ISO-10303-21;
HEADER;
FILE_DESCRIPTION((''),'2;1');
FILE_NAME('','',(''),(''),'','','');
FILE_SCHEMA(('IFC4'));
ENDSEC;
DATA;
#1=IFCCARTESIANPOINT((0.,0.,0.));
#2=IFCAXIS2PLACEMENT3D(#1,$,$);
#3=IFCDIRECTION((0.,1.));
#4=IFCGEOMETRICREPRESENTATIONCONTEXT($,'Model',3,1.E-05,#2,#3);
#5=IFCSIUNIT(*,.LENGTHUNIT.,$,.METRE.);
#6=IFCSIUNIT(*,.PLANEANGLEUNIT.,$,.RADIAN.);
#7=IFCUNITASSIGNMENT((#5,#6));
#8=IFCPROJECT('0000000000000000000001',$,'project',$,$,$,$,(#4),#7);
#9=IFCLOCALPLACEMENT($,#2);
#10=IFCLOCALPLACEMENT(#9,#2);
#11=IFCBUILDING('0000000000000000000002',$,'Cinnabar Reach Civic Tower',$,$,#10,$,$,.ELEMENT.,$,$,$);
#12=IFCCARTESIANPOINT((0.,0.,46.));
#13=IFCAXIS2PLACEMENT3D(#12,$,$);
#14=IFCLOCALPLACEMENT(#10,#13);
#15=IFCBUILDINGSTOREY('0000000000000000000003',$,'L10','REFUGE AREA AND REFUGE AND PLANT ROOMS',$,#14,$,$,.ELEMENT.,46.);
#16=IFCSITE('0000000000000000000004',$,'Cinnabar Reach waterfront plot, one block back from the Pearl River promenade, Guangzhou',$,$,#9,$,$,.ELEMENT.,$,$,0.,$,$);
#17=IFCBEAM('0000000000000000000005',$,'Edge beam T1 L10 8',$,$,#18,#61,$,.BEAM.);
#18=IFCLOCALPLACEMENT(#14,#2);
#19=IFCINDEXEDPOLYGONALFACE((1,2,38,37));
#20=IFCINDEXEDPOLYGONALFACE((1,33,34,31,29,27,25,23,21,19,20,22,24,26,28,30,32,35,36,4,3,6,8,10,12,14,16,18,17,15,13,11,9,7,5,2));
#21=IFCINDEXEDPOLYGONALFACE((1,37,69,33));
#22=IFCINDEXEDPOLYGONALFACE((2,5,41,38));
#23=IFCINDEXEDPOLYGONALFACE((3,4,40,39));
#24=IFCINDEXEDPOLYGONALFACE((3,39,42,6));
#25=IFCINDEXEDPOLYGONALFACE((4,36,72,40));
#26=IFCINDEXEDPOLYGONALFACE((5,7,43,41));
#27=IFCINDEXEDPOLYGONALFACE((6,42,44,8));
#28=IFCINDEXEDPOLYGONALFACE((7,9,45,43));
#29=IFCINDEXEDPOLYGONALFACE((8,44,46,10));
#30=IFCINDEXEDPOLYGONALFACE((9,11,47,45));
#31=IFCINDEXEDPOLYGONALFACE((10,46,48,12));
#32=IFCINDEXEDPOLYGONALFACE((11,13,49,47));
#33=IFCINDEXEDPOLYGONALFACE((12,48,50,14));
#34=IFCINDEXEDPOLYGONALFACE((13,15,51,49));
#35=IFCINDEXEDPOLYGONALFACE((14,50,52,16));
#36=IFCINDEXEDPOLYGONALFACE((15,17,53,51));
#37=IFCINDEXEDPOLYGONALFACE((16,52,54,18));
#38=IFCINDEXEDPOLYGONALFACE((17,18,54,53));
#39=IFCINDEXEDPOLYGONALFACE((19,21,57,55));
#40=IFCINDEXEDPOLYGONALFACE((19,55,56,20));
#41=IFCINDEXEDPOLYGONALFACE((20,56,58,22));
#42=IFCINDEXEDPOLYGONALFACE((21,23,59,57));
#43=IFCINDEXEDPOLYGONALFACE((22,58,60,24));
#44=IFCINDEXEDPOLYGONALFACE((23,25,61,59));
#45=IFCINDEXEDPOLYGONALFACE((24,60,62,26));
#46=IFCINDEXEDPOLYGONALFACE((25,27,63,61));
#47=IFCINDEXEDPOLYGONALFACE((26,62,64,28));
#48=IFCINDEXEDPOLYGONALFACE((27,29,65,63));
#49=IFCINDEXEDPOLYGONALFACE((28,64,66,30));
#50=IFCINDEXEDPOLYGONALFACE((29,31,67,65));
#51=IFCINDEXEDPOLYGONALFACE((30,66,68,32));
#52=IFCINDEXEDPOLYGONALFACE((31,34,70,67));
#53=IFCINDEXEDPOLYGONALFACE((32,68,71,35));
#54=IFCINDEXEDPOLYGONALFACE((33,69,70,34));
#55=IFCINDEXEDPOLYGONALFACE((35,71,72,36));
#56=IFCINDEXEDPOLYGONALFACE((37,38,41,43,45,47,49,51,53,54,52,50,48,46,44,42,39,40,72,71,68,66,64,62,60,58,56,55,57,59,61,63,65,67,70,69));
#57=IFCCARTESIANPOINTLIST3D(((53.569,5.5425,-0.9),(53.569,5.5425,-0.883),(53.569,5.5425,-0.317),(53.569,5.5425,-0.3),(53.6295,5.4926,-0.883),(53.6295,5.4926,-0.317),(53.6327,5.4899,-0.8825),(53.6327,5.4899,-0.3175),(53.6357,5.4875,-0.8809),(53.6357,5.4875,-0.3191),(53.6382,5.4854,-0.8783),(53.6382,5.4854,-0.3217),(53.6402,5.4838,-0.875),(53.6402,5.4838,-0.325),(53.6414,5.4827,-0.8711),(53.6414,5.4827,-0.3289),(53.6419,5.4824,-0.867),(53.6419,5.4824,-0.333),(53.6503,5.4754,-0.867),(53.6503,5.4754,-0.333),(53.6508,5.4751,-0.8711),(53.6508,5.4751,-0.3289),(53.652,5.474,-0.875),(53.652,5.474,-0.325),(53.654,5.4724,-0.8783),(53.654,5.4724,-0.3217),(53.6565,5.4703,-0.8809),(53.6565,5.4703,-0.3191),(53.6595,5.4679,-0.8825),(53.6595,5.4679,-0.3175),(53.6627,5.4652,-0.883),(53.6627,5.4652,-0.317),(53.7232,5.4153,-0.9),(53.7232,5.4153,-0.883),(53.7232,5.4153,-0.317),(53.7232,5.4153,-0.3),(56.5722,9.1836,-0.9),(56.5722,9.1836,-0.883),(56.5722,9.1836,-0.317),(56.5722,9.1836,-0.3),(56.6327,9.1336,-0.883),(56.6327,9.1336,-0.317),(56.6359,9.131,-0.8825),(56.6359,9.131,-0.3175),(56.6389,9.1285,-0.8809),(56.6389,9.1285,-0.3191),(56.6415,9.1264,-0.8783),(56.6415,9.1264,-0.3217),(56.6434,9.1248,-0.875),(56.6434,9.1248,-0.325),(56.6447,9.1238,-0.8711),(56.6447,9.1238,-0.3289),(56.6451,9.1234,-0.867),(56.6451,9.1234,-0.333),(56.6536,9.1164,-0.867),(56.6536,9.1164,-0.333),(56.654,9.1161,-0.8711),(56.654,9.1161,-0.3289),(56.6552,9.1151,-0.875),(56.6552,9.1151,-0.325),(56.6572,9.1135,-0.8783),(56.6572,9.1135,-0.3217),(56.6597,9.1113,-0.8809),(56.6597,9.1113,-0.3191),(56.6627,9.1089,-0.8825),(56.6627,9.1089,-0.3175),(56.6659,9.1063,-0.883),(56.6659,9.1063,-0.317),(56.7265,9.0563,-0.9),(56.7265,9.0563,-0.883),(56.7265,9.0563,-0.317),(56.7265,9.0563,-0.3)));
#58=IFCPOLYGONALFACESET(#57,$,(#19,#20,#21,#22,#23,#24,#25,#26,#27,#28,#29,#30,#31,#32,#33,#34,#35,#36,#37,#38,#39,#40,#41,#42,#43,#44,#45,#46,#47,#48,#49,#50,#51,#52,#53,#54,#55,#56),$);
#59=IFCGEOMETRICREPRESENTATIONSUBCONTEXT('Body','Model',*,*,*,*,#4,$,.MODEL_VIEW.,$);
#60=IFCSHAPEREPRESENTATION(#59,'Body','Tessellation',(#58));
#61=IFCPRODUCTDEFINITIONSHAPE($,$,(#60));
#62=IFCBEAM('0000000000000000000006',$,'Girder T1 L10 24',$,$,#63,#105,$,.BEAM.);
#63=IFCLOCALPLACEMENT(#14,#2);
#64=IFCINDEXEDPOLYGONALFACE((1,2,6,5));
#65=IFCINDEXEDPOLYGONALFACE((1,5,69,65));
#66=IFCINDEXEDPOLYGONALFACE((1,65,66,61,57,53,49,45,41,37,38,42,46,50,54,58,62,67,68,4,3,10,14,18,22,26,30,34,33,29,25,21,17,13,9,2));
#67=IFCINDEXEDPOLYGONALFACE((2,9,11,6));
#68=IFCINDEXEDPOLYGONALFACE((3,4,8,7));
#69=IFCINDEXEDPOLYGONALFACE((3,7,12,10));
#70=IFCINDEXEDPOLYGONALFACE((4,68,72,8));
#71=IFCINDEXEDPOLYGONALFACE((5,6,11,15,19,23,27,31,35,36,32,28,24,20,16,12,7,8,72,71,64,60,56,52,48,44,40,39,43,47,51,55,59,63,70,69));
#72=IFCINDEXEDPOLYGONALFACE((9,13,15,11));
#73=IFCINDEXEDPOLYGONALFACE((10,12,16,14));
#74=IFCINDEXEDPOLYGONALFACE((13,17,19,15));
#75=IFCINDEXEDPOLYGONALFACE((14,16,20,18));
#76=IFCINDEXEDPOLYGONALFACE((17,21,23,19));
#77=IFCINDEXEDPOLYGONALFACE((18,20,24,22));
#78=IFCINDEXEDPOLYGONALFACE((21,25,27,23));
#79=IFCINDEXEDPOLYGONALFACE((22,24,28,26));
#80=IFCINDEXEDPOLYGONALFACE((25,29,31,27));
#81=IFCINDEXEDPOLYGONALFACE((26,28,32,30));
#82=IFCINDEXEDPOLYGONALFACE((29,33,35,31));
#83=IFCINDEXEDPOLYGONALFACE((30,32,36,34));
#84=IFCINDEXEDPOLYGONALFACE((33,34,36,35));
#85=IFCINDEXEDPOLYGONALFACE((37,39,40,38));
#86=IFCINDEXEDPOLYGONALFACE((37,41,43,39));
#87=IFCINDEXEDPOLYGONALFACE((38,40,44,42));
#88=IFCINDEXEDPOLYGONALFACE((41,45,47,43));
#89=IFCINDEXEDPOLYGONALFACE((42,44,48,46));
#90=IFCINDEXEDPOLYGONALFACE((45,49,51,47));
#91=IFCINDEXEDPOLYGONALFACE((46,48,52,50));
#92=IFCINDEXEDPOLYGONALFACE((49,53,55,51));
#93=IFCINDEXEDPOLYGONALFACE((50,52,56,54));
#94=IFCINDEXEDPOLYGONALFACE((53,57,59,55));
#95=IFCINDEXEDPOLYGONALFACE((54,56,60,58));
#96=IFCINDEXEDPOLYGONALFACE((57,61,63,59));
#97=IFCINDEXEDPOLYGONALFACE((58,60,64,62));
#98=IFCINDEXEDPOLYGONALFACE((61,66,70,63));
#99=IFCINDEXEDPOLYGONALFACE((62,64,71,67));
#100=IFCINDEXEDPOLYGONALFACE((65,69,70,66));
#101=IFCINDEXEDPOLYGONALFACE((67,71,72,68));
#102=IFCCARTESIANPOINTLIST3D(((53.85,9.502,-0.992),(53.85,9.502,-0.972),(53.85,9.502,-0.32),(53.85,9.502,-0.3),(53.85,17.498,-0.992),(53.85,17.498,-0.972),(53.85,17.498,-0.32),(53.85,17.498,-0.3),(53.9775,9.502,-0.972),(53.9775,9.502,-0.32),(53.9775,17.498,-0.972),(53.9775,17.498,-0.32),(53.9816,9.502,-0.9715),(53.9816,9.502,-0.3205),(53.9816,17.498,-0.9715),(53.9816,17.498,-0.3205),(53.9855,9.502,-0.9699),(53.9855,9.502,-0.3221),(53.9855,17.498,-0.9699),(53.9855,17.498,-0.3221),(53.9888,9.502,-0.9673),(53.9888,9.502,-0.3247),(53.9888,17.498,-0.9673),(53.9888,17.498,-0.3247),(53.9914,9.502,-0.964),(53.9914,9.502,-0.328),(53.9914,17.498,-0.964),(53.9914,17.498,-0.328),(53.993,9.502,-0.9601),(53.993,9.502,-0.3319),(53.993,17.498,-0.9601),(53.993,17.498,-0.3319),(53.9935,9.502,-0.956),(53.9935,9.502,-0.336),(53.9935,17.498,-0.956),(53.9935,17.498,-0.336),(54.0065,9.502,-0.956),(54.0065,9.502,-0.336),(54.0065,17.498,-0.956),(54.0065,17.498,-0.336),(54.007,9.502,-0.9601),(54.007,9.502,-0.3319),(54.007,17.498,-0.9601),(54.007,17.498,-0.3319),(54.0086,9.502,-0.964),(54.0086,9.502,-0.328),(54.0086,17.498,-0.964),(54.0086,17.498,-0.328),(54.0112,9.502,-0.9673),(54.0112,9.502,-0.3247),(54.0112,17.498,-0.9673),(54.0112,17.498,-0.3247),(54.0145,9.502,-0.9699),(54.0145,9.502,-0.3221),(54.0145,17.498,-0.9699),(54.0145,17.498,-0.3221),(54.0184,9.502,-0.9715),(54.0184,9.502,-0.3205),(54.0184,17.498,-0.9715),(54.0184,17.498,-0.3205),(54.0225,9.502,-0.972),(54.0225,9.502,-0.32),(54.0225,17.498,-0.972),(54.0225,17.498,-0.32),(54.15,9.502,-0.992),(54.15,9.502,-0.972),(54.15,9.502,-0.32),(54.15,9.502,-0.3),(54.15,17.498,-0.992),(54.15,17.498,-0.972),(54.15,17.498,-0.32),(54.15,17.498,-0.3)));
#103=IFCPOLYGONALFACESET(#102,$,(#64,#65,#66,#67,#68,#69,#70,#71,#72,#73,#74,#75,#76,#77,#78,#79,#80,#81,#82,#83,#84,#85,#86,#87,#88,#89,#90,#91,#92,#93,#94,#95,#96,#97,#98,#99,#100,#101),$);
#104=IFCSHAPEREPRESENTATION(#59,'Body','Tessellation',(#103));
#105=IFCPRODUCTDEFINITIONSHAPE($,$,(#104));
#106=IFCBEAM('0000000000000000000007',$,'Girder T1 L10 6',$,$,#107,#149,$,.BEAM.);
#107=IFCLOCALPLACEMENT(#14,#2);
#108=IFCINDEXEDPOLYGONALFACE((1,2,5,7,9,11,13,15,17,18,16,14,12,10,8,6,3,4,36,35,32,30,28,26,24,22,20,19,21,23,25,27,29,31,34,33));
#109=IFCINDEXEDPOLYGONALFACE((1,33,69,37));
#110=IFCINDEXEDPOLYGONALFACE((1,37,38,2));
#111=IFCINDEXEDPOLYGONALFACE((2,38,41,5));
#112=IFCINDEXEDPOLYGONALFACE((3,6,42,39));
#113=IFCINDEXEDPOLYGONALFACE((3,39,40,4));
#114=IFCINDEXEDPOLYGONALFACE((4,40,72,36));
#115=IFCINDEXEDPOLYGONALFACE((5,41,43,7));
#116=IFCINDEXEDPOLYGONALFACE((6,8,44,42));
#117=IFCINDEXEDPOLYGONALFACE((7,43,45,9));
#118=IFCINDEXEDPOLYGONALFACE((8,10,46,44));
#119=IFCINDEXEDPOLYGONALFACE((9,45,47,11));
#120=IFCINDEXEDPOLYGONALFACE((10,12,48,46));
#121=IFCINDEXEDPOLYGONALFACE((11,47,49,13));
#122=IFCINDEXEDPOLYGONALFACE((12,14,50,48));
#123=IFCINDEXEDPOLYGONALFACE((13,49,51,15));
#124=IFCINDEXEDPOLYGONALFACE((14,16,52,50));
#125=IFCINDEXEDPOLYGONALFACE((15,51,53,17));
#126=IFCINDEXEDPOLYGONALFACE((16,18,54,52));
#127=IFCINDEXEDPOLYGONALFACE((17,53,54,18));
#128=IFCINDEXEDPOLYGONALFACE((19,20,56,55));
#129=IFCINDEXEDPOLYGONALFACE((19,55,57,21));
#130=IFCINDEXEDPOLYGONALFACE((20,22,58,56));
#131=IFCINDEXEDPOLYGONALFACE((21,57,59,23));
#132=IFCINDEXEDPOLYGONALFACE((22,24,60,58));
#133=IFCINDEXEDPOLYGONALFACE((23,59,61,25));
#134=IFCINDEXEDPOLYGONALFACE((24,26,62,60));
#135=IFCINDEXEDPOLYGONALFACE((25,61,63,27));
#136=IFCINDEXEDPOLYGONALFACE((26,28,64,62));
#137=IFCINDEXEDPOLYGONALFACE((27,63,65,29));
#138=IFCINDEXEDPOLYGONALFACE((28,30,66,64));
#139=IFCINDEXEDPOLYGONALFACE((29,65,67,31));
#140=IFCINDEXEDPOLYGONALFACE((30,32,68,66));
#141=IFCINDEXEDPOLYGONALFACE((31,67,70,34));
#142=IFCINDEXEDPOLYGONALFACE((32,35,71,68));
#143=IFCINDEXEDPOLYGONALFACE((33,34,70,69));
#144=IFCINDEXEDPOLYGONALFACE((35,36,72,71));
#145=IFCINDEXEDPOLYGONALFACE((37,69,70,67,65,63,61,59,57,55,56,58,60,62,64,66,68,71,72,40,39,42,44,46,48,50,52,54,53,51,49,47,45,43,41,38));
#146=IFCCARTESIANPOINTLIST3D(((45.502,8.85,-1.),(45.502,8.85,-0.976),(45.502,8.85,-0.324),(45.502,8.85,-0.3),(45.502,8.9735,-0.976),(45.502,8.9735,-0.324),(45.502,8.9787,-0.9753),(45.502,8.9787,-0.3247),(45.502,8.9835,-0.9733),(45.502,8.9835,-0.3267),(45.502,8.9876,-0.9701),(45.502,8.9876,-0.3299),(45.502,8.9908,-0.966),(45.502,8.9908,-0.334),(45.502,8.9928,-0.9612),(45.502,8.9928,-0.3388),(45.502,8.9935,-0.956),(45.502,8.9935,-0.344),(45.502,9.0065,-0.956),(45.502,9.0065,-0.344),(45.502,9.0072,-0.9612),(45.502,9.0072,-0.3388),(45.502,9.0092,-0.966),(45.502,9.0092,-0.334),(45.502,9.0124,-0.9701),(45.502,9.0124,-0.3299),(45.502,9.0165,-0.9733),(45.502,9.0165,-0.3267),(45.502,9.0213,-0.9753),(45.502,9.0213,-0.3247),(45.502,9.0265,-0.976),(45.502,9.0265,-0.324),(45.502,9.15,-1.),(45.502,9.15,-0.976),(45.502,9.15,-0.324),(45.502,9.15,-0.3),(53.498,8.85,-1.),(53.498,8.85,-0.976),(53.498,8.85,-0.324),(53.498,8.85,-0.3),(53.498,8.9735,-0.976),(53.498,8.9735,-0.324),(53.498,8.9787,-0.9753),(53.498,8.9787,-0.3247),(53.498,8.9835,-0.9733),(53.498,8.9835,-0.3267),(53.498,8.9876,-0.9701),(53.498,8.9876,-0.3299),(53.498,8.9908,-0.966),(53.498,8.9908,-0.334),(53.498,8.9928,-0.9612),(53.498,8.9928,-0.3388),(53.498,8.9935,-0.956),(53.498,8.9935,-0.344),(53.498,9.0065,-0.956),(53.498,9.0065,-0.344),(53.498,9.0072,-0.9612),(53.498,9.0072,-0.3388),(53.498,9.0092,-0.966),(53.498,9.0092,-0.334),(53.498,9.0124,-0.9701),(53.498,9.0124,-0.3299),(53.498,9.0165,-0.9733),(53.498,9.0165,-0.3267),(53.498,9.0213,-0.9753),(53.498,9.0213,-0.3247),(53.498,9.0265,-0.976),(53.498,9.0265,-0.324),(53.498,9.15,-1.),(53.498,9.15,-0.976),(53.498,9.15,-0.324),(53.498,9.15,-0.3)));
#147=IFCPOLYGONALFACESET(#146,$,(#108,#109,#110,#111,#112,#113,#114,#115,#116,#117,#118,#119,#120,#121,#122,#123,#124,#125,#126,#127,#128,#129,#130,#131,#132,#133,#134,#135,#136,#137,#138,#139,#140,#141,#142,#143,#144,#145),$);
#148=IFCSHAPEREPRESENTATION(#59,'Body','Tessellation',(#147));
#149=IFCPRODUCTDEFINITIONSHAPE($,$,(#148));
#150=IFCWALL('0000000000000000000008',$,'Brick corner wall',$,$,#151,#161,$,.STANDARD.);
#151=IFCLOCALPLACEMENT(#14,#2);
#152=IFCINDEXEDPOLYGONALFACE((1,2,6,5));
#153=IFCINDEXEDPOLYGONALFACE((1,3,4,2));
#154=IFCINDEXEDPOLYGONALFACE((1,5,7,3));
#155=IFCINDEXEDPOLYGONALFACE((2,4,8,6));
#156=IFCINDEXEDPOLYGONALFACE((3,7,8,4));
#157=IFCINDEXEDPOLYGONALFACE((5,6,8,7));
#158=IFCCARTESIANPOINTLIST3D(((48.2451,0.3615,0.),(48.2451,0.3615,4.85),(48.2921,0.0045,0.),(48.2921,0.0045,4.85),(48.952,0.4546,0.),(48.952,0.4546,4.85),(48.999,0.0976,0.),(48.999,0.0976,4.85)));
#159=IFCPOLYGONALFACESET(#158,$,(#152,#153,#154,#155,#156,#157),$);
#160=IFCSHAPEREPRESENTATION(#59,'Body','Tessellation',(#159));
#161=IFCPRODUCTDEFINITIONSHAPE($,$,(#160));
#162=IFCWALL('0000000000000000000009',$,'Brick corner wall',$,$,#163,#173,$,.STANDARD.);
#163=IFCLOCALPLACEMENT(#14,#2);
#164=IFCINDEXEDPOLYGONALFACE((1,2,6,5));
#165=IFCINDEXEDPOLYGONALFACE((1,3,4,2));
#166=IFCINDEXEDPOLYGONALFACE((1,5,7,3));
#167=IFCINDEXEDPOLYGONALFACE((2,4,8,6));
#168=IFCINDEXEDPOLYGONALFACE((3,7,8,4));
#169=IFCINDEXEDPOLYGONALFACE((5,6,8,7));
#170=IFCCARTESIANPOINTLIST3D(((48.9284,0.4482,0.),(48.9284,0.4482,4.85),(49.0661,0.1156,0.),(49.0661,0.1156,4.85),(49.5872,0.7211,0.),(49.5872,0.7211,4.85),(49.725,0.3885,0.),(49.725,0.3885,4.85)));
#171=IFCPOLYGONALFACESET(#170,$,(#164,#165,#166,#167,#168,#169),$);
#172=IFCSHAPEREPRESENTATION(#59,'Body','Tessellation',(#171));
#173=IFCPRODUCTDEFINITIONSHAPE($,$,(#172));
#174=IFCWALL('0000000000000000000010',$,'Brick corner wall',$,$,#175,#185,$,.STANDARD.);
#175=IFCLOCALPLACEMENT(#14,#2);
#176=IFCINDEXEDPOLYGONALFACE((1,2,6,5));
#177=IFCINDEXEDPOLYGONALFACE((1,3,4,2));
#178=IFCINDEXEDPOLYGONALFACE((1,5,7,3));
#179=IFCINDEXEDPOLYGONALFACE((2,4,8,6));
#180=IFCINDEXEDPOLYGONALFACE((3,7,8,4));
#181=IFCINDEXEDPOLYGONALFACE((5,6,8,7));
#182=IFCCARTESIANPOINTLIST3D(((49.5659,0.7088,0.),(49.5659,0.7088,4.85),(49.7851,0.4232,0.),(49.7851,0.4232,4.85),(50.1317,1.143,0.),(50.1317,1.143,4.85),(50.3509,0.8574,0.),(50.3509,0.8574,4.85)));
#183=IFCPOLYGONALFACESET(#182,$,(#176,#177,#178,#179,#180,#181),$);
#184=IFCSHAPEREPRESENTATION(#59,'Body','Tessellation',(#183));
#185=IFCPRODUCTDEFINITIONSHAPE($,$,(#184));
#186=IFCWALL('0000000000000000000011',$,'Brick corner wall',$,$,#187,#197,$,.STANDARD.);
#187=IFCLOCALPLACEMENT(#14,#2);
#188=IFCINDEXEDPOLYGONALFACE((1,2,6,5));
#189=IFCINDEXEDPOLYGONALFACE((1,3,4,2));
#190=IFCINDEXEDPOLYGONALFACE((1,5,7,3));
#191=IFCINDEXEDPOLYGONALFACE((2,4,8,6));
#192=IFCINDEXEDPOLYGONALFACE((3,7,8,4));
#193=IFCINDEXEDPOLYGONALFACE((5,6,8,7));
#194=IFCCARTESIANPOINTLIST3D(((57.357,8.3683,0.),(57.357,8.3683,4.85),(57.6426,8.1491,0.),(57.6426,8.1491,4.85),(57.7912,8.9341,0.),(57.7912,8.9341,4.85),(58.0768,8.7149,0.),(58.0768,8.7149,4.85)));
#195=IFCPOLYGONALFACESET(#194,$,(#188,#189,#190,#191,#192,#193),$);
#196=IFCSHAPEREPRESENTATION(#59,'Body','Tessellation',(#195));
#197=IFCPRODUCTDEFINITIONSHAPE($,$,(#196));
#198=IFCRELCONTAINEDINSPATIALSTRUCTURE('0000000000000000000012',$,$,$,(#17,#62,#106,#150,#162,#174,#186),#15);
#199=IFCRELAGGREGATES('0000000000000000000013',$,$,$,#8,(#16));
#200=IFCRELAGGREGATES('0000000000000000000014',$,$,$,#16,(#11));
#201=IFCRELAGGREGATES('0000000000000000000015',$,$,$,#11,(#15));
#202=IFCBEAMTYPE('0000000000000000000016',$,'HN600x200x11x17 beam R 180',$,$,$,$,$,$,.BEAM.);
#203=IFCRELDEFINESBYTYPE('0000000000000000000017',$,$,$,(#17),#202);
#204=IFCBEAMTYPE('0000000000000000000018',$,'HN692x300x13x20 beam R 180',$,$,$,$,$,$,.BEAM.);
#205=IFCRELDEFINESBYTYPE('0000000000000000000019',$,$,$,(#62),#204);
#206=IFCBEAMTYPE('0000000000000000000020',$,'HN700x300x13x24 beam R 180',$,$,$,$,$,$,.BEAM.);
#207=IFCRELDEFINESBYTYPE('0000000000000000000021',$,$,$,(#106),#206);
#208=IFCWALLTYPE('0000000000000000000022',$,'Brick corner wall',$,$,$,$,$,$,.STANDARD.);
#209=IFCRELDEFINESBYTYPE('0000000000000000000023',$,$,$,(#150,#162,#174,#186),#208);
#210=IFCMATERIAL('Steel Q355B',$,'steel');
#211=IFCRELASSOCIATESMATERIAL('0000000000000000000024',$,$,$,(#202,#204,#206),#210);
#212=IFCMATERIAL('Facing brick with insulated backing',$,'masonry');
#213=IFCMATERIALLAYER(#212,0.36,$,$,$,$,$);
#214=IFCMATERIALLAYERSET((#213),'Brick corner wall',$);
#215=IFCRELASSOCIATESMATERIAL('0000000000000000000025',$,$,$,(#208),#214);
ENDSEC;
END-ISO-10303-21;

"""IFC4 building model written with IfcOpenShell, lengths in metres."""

from ifc_helpers import new_model, si_unit, direction, frame, frame_2d, origin, origin_2d, place, context, subcontext, project, spatial, rectangle, i_section, extrude, material, layer, layer_set, material_profile, profile_set, type_object, element, save


model = new_model("IFC4")

# Units and contexts
model_context = context("Model", 3, precision=1e-05, world=origin(), true_north=direction((0.0, 1.0)))
body_context = subcontext(model_context, "Body", "Model", "MODEL_VIEW")
ifc_project = project(units=[si_unit("LENGTHUNIT", "METRE"), si_unit("PLANEANGLEUNIT", "RADIAN")], contexts=[model_context])

# Site, building, storey
site_placement = place(None, origin())
site = spatial("IfcSite", under=ifc_project, at=site_placement, Name="Cinnabar Reach waterfront plot, one block back from the Pearl River promenade, Guangzhou", CompositionType="ELEMENT", RefElevation=0.0)
building_placement = place(site_placement, origin())
building = spatial("IfcBuilding", under=site, at=building_placement, Name="Cinnabar Reach Civic Tower", CompositionType="ELEMENT")
storey_placement = place(building_placement, frame((0.0, 0.0, 46.0)))
storey = spatial("IfcBuildingStorey", under=building, at=storey_placement, Name="L10", Description="REFUGE AREA AND REFUGE AND PLANT ROOMS", CompositionType="ELEMENT", Elevation=46.0)

# Beams
ifc_material_1 = material(Name="Steel Q355B", Category="steel")
ifc_material_profile_1 = material_profile(ifc_material_1, i_section(OverallWidth=0.2, OverallDepth=0.6, WebThickness=0.011, FlangeThickness=0.017, FilletRadius=0.016, at=origin_2d()), Name="HN600x200x11x17")
ifc_profile_set_1 = profile_set([ifc_material_profile_1], Name="Steel Q355B")
beam_type_1 = type_object("IfcBeamType", Name="HN600x200x11x17 beam R 180", PredefinedType="BEAM", material=ifc_profile_set_1)
for number, where, z_axis, x_axis, name in (
    (1, (53.6461, 5.4789, -0.6), (0.636304, 0.771438, 0.0), (-0.771438, 0.636304, 0.0), "Edge beam T1 L10 8"),
):
    element("IfcBeam", number, at=place(storey_placement, frame(where, z_axis=z_axis, x_axis=x_axis)), inside=storey, type_object=beam_type_1, Name=name, PredefinedType="BEAM", context=body_context, shape_type="SweptSolid", body=[
        extrude(i_section(OverallWidth=0.2, OverallDepth=0.6, WebThickness=0.011, FlangeThickness=0.017, FilletRadius=0.016, at=origin_2d()), origin(), (0.0, 0.0, 1.0), 4.7198),
    ])
ifc_material_profile_2 = material_profile(ifc_material_1, i_section(OverallWidth=0.3, OverallDepth=0.692, WebThickness=0.013, FlangeThickness=0.02, FilletRadius=0.016, at=origin_2d()), Name="HN692x300x13x20")
ifc_profile_set_2 = profile_set([ifc_material_profile_2], Name="Steel Q355B")
beam_type_2 = type_object("IfcBeamType", Name="HN692x300x13x20 beam R 180", PredefinedType="BEAM", material=ifc_profile_set_2)
beam_1_placement = place(storey_placement, frame((54.0, 9.502, -0.646), z_axis=(0.0, 1.0, 0.0), x_axis=(-1.0, 0.0, 0.0)))
element("IfcBeam", 2, at=beam_1_placement, inside=storey, type_object=beam_type_2, Name="Girder T1 L10 24", PredefinedType="BEAM", context=body_context, shape_type="SweptSolid", body=[
    extrude(i_section(OverallWidth=0.3, OverallDepth=0.692, WebThickness=0.013, FlangeThickness=0.02, FilletRadius=0.016, at=origin_2d()), origin(), (0.0, 0.0, 1.0), 7.996),
])
ifc_material_profile_3 = material_profile(ifc_material_1, i_section(OverallWidth=0.3, OverallDepth=0.7, WebThickness=0.013, FlangeThickness=0.024, FilletRadius=0.02, at=origin_2d()), Name="HN700x300x13x24")
ifc_profile_set_3 = profile_set([ifc_material_profile_3], Name="Steel Q355B")
beam_type_3 = type_object("IfcBeamType", Name="HN700x300x13x24 beam R 180", PredefinedType="BEAM", material=ifc_profile_set_3)
beam_2_placement = place(storey_placement, frame((45.502, 9.0, -0.65), z_axis=(1.0, 0.0, 0.0), x_axis=(0.0, 1.0, 0.0)))
element("IfcBeam", 3, at=beam_2_placement, inside=storey, type_object=beam_type_3, Name="Girder T1 L10 6", PredefinedType="BEAM", context=body_context, shape_type="SweptSolid", body=[
    extrude(i_section(OverallWidth=0.3, OverallDepth=0.7, WebThickness=0.013, FlangeThickness=0.024, FilletRadius=0.02, at=origin_2d()), origin(), (0.0, 0.0, 1.0), 7.996),
])

# Walls
ifc_material_2 = material(Name="Facing brick with insulated backing", Category="masonry")
ifc_layer_1 = layer(ifc_material_2, 0.36)
ifc_layer_set_1 = layer_set([ifc_layer_1], Name="Brick corner wall")
wall_type_1 = type_object("IfcWallType", Name="Brick corner wall", PredefinedType="STANDARD", material=ifc_layer_set_1)
for number, where, z_axis, x_axis, name in (
    (4, (48.2686, 0.183, 0.0), (0.0, 0.0, 1.0), (0.991441, 0.130556, 0.0), "Brick corner wall"),
    (5, (48.9973, 0.2819, 0.0), (0.0, 0.0, 1.0), (0.923872, 0.382703, 0.0), "Brick corner wall"),
):
    element("IfcWall", number, at=place(storey_placement, frame(where, z_axis=z_axis, x_axis=x_axis)), inside=storey, type_object=wall_type_1, Name=name, PredefinedType="STANDARD", context=body_context, shape_type="SweptSolid", body=[
        extrude(rectangle(XDim=0.7131, YDim=0.36, at=frame_2d((0.3565, 0.0))), origin(), (0.0, 0.0, 1.0), 4.85),
    ])
for number, where, z_axis, x_axis, name in (
    (6, (49.6755, 0.566, 0.0), (0.0, 0.0, 1.0), (0.793322, 0.608802, 0.0), "Brick corner wall"),
    (7, (57.4998, 8.2587, 0.0), (0.0, 0.0, 1.0), (0.608802, 0.793322, 0.0), "Brick corner wall"),
):
    element("IfcWall", number, at=place(storey_placement, frame(where, z_axis=z_axis, x_axis=x_axis)), inside=storey, type_object=wall_type_1, Name=name, PredefinedType="STANDARD", context=body_context, shape_type="SweptSolid", body=[
        extrude(rectangle(XDim=0.7132, YDim=0.36, at=frame_2d((0.3566, 0.0))), origin(), (0.0, 0.0, 1.0), 4.85),
    ])

save(model, "model.ifc")
